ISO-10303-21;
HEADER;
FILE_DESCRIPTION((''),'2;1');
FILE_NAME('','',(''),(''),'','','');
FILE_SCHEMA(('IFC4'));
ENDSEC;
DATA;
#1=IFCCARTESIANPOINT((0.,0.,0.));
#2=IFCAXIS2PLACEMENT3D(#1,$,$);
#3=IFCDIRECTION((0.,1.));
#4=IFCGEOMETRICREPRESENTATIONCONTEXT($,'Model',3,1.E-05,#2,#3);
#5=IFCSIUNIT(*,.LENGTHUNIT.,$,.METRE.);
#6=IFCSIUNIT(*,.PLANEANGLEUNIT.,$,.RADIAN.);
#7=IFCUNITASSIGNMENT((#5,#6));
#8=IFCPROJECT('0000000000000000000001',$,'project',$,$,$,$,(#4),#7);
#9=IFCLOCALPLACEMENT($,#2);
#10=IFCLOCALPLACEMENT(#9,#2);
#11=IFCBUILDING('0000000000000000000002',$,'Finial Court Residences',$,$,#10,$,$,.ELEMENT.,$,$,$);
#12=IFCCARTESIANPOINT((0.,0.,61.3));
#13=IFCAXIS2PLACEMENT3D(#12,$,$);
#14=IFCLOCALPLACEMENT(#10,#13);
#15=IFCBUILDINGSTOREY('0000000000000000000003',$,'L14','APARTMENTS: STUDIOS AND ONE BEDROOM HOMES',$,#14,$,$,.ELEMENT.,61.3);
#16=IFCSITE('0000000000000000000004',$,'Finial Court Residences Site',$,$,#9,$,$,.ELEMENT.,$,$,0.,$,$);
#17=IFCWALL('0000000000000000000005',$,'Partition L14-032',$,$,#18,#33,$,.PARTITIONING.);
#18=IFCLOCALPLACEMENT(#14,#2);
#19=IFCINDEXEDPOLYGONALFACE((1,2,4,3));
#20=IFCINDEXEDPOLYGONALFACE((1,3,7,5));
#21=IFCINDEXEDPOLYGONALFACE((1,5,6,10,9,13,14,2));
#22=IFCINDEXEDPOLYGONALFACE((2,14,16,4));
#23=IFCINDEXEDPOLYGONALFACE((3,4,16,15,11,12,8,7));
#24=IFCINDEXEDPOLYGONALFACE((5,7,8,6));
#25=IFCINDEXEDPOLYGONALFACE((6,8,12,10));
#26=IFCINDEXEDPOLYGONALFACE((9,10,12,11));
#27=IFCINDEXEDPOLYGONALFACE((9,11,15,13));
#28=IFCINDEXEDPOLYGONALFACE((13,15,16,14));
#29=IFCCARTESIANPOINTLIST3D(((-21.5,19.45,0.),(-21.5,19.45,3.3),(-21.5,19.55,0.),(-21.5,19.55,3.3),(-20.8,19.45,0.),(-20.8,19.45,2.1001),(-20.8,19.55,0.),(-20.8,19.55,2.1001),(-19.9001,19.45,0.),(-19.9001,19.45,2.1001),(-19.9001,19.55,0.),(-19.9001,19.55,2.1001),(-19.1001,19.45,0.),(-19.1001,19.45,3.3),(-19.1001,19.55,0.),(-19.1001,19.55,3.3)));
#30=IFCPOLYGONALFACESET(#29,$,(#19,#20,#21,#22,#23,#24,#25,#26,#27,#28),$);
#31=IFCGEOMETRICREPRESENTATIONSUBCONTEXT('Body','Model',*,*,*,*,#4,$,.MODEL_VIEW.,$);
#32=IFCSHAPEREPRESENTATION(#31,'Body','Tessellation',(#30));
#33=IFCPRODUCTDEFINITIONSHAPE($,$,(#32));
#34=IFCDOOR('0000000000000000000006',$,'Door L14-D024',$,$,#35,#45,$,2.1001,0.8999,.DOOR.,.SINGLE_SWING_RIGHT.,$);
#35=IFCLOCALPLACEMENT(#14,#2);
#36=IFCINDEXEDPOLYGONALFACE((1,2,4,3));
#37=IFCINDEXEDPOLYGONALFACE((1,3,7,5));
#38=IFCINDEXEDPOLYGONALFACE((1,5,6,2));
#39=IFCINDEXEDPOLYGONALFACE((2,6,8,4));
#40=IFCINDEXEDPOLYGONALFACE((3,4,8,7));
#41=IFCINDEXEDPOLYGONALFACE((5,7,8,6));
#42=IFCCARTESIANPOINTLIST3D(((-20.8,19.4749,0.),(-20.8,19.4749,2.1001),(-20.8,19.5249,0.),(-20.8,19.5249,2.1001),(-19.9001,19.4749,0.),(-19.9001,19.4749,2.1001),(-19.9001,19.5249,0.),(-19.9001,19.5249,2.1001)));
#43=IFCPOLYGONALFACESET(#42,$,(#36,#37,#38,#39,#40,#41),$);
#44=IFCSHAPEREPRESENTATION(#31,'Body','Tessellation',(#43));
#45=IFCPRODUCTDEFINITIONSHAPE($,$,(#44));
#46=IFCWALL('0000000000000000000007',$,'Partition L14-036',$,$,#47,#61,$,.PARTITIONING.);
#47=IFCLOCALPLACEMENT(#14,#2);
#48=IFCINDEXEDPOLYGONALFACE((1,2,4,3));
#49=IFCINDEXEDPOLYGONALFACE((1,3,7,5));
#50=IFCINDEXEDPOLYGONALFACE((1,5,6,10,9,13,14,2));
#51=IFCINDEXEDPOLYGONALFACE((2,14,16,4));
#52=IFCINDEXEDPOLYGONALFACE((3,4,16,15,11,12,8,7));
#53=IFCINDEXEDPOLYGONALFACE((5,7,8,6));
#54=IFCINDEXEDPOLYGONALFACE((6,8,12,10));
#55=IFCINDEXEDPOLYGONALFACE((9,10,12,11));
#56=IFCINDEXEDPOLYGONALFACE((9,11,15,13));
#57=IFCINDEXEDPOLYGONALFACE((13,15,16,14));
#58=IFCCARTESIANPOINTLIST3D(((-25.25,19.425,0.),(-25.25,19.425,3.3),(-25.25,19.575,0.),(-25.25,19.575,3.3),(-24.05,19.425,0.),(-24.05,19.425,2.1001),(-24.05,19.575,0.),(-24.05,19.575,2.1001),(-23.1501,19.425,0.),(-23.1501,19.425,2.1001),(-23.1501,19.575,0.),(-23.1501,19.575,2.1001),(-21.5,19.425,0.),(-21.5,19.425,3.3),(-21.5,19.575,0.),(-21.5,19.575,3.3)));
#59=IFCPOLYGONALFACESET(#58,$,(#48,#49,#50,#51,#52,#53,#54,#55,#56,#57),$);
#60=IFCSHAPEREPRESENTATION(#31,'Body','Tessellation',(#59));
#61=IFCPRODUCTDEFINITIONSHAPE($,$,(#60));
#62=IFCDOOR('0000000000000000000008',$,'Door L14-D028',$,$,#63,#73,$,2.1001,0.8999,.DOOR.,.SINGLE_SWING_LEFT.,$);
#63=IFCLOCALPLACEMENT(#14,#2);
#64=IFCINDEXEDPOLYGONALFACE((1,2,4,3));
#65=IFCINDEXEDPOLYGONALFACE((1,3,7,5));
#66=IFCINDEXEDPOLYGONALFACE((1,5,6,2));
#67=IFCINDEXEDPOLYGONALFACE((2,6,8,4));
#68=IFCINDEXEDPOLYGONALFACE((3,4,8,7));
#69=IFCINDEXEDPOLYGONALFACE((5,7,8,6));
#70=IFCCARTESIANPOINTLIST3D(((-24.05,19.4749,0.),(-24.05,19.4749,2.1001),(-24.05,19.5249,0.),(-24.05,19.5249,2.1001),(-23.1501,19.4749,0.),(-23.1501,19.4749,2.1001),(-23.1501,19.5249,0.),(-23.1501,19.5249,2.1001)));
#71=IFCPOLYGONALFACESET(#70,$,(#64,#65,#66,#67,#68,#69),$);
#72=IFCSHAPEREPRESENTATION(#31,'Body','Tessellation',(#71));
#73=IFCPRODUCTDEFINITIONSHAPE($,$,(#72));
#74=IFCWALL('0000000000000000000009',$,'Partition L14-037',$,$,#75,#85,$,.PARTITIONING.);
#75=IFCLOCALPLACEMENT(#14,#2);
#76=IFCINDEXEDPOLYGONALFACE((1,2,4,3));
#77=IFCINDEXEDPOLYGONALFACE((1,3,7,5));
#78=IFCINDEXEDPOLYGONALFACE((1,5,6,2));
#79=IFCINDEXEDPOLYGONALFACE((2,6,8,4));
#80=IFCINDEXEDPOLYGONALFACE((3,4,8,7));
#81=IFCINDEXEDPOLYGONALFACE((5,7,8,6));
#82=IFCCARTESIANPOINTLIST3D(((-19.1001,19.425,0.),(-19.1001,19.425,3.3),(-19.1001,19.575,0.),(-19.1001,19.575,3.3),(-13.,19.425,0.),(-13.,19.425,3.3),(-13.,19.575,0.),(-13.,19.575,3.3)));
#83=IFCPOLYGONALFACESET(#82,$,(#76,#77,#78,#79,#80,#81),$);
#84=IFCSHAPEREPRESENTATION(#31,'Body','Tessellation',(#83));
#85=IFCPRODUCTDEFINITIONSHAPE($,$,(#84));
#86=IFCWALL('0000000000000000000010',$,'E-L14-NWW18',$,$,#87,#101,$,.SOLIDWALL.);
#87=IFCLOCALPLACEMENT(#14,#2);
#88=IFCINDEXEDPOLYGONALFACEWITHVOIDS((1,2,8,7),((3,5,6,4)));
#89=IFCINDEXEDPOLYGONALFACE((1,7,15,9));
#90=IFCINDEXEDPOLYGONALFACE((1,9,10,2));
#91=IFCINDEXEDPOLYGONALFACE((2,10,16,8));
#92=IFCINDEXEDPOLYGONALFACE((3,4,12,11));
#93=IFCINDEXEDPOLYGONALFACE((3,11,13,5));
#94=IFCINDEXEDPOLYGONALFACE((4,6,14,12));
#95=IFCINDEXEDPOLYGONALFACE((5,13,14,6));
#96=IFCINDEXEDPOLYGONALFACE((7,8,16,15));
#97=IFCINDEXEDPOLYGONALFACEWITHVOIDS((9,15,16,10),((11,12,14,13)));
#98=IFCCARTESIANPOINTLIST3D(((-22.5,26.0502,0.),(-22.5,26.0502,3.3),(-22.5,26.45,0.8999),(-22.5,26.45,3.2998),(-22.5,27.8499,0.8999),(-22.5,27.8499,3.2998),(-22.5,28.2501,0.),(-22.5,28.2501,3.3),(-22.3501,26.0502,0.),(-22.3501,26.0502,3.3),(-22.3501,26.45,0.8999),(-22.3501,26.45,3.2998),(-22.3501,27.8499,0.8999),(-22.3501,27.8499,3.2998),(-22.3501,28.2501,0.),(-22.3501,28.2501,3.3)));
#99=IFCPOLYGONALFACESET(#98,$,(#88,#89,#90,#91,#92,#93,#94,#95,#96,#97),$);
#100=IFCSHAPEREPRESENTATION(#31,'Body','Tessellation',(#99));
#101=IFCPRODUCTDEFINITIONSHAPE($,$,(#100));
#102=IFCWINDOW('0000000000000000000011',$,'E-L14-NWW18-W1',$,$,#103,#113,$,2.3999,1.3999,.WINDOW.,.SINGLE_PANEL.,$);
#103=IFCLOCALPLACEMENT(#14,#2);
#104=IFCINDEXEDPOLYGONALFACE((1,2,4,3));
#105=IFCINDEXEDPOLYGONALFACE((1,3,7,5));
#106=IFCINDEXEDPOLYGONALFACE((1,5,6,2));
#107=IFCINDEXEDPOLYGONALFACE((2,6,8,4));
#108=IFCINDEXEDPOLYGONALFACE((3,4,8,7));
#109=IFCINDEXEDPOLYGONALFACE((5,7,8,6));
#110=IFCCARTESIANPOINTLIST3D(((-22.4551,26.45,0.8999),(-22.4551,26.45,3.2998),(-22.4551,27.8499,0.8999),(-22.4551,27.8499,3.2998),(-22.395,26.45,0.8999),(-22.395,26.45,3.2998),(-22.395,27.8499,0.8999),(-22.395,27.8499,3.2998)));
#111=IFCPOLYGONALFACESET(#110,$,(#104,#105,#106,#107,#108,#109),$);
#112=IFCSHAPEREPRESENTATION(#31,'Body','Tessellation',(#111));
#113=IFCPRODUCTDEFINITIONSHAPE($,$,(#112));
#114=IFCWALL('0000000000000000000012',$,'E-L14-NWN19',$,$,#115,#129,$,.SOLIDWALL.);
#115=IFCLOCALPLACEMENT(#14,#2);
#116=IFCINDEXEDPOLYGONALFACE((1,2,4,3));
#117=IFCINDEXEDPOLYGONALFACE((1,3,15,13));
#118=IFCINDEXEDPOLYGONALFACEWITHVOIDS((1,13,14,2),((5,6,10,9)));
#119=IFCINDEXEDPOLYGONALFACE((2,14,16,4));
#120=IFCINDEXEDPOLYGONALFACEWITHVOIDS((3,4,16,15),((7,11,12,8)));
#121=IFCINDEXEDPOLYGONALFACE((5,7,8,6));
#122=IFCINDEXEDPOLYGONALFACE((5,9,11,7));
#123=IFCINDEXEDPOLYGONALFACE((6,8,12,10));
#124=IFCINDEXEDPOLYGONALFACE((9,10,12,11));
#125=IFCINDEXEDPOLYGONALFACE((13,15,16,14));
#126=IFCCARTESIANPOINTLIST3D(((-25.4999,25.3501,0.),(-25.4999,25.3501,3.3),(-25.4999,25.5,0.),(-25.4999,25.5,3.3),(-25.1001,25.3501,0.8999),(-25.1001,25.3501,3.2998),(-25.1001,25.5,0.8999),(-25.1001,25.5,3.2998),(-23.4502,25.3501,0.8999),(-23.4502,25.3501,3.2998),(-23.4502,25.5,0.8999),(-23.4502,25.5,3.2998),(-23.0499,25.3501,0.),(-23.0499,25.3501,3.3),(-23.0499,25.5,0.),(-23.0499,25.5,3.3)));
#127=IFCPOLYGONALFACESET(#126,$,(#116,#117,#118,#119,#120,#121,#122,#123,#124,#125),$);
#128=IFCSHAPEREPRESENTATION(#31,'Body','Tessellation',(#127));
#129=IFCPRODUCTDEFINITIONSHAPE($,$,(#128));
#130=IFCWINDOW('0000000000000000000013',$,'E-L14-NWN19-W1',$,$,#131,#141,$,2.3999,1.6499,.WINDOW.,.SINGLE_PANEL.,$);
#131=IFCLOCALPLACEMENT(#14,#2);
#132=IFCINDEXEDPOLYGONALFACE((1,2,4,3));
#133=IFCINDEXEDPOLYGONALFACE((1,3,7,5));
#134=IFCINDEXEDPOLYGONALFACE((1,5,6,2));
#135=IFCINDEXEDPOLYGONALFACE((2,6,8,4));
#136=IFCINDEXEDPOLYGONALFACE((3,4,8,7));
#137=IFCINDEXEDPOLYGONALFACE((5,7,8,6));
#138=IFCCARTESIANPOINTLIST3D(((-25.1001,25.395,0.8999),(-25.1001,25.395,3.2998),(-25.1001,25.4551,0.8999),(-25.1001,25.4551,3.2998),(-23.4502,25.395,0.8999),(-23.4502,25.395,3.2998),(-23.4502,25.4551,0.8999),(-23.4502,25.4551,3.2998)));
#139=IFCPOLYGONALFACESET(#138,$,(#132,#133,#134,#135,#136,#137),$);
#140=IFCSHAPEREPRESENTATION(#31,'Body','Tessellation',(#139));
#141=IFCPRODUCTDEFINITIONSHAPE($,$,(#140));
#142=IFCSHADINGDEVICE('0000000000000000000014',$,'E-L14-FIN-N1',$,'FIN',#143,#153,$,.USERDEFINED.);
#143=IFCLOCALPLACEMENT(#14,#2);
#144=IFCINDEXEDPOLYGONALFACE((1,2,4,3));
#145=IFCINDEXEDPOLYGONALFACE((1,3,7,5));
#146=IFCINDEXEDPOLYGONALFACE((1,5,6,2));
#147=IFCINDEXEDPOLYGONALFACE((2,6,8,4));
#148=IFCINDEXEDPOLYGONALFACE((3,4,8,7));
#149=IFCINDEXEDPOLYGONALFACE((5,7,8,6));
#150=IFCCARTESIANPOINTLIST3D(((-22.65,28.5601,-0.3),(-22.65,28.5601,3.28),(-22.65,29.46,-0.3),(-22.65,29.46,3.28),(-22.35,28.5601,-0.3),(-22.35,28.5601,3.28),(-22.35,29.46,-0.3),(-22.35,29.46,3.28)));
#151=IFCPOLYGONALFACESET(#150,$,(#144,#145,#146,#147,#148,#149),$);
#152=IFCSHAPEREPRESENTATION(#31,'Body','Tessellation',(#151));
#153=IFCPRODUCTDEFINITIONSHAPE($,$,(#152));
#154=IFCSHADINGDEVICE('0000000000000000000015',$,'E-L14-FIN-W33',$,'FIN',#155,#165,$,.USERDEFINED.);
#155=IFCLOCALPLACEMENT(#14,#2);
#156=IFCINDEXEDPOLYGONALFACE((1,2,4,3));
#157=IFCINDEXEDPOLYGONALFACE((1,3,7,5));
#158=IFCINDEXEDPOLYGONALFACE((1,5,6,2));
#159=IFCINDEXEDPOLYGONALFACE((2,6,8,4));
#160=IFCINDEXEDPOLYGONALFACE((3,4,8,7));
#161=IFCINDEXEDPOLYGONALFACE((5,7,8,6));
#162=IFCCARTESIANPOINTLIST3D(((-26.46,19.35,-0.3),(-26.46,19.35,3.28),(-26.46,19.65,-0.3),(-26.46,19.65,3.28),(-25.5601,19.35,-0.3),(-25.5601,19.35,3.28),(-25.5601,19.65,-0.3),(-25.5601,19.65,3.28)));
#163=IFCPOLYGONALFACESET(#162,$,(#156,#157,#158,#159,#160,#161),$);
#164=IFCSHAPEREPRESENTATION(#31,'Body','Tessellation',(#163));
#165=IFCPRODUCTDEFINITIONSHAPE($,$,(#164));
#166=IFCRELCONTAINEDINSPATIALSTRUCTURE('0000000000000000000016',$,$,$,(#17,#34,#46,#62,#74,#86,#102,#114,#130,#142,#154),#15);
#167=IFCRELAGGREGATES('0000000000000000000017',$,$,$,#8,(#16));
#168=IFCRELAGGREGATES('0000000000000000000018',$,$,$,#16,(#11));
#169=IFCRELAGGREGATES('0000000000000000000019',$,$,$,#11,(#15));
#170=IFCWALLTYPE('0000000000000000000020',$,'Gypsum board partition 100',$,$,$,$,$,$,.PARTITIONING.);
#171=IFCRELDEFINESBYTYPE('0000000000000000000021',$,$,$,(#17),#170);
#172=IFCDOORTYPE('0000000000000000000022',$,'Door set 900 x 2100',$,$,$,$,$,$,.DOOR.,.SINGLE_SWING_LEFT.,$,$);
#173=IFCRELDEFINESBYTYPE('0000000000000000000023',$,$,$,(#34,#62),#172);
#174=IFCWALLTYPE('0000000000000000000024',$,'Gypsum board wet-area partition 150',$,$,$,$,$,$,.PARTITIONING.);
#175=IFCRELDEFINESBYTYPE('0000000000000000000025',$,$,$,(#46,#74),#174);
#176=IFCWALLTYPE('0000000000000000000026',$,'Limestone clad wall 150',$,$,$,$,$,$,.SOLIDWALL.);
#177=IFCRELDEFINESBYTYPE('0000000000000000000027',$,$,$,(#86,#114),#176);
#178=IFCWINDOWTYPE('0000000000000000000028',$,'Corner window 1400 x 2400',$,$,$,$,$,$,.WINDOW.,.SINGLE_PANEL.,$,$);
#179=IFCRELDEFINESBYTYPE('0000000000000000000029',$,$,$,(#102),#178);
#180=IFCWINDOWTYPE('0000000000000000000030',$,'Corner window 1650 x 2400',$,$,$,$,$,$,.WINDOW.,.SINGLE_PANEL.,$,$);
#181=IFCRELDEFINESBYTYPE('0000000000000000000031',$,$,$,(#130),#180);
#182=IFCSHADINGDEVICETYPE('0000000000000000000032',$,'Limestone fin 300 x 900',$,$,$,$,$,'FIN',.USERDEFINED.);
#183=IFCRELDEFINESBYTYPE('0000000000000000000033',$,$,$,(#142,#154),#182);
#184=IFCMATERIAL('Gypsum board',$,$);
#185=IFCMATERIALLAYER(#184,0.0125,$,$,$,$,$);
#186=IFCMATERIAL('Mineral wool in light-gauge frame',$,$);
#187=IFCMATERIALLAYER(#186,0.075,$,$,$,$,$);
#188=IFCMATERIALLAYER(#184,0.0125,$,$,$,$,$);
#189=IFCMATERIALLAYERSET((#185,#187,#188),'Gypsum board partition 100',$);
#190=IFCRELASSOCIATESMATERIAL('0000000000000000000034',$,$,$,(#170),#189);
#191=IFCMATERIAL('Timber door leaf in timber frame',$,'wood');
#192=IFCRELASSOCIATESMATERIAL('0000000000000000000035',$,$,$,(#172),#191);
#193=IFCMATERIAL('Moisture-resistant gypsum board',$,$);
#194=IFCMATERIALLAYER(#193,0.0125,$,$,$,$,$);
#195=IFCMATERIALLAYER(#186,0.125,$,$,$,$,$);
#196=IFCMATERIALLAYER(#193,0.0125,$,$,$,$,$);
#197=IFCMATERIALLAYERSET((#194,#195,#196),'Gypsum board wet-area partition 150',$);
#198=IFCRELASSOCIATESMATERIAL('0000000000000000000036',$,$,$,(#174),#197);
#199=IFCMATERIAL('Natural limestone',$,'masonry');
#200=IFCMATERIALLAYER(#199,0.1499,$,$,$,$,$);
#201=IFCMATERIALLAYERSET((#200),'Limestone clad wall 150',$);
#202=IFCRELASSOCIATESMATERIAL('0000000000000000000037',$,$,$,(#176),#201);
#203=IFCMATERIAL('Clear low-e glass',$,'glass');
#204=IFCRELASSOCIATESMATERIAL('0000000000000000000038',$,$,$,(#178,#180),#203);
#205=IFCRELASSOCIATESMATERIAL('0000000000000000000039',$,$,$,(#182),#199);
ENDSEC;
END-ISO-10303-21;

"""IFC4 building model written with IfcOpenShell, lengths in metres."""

from ifc_helpers import new_model, si_unit, direction, frame, frame_2d, origin, origin_2d, place, context, subcontext, project, spatial, rectangle, extrude, material, layer, layer_set, type_object, element, fill, save


model = new_model("IFC4")

# Units and contexts
model_context = context("Model", 3, precision=1e-05, world=origin(), true_north=direction((0.0, 1.0)))
body_context = subcontext(model_context, "Body", "Model", "MODEL_VIEW")
ifc_project = project(units=[si_unit("LENGTHUNIT", "METRE"), si_unit("PLANEANGLEUNIT", "RADIAN")], contexts=[model_context])

# Site, building, storey
site_placement = place(None, origin())
site = spatial("IfcSite", under=ifc_project, at=site_placement, Name="Finial Court Residences Site", CompositionType="ELEMENT", RefElevation=0.0)
building_placement = place(site_placement, origin())
building = spatial("IfcBuilding", under=site, at=building_placement, Name="Finial Court Residences", CompositionType="ELEMENT")
storey_placement = place(building_placement, frame((0.0, 0.0, 61.3)))
storey = spatial("IfcBuildingStorey", under=building, at=storey_placement, Name="L14", Description="APARTMENTS: STUDIOS AND ONE BEDROOM HOMES", CompositionType="ELEMENT", Elevation=61.3)

# Shared definitions
ifc_material_1 = material(Name="Clear low-e glass", Category="glass")

# Walls, openings, doors
ifc_material_2 = material(Name="Gypsum board")
ifc_layer_1 = layer(ifc_material_2, 0.0125)
ifc_material_3 = material(Name="Mineral wool in light-gauge frame")
ifc_layer_2 = layer(ifc_material_3, 0.075)
ifc_layer_3 = layer(ifc_material_2, 0.0125)
ifc_layer_set_1 = layer_set([ifc_layer_1, ifc_layer_2, ifc_layer_3], Name="Gypsum board partition 100")
wall_type_1 = type_object("IfcWallType", Name="Gypsum board partition 100", PredefinedType="PARTITIONING", material=ifc_layer_set_1)
wall_1_placement = place(storey_placement, frame((-21.5, 19.5, 0.0), z_axis=(0.0, 0.0, 1.0), x_axis=(1.0, 0.0, 0.0)))
wall_1 = element("IfcWall", 1, at=wall_1_placement, inside=storey, type_object=wall_type_1, Name="Partition L14-032", PredefinedType="PARTITIONING", context=body_context, shape_type="SweptSolid", body=[
    extrude(rectangle(XDim=2.3999, YDim=0.1001, at=frame_2d((1.2, 0.0))), origin(), (0.0, 0.0, 1.0), 3.3),
])
opening_1_placement = place(wall_1_placement, frame((0.7, 0.0, 0.0)))
opening_1 = element("IfcOpeningElement", 2, at=opening_1_placement, cuts=wall_1, PredefinedType="OPENING", context=body_context, shape_type="SweptSolid", body=[
    extrude(rectangle(XDim=0.8999, YDim=2.1001, at=frame_2d((0.45, 1.05))), frame((0.0, 0.0601, 0.0), z_axis=(0.0, -1.0, 0.0), x_axis=(1.0, 0.0, 0.0)), (0.0, 0.0, 1.0), 0.1201),
])
ifc_material_4 = material(Name="Timber door leaf in timber frame", Category="wood")
door_type = type_object("IfcDoorType", Name="Door set 900 x 2100", OperationType="SINGLE_SWING_LEFT", PredefinedType="DOOR", material=ifc_material_4)
door_1_placement = place(opening_1_placement, origin())
door_1 = element("IfcDoor", 3, at=door_1_placement, inside=storey, type_object=door_type, Name="Door L14-D024", OperationType="SINGLE_SWING_RIGHT", OverallHeight=2.1001, OverallWidth=0.8999, PredefinedType="DOOR", context=body_context, shape_type="SweptSolid", body=[
    extrude(rectangle(XDim=0.8999, YDim=2.1001, at=frame_2d((0.45, 1.05))), frame((0.0, 0.0249, 0.0), z_axis=(0.0, -1.0, 0.0), x_axis=(1.0, 0.0, 0.0)), (0.0, 0.0, 1.0), 0.05),
])
fill(opening_1, door_1)
ifc_material_5 = material(Name="Moisture-resistant gypsum board")
ifc_layer_4 = layer(ifc_material_5, 0.0125)
ifc_layer_5 = layer(ifc_material_3, 0.125)
ifc_layer_6 = layer(ifc_material_5, 0.0125)
ifc_layer_set_2 = layer_set([ifc_layer_4, ifc_layer_5, ifc_layer_6], Name="Gypsum board wet-area partition 150")
wall_type_2 = type_object("IfcWallType", Name="Gypsum board wet-area partition 150", PredefinedType="PARTITIONING", material=ifc_layer_set_2)
wall_2_placement = place(storey_placement, frame((-25.25, 19.5, 0.0), z_axis=(0.0, 0.0, 1.0), x_axis=(1.0, 0.0, 0.0)))
wall_2 = element("IfcWall", 4, at=wall_2_placement, inside=storey, type_object=wall_type_2, Name="Partition L14-036", PredefinedType="PARTITIONING", context=body_context, shape_type="SweptSolid", body=[
    extrude(rectangle(XDim=3.75, YDim=0.1499, at=frame_2d((1.875, 0.0))), origin(), (0.0, 0.0, 1.0), 3.3),
])
opening_2_placement = place(wall_2_placement, frame((1.2, 0.0, 0.0)))
opening_2 = element("IfcOpeningElement", 5, at=opening_2_placement, cuts=wall_2, PredefinedType="OPENING", context=body_context, shape_type="SweptSolid", body=[
    extrude(rectangle(XDim=0.8999, YDim=2.1001, at=frame_2d((0.45, 1.05))), frame((0.0, 0.085, 0.0), z_axis=(0.0, -1.0, 0.0), x_axis=(1.0, 0.0, 0.0)), (0.0, 0.0, 1.0), 0.1699),
])
door_2_placement = place(opening_2_placement, origin())
door_2 = element("IfcDoor", 6, at=door_2_placement, inside=storey, type_object=door_type, Name="Door L14-D028", OperationType="SINGLE_SWING_LEFT", OverallHeight=2.1001, OverallWidth=0.8999, PredefinedType="DOOR", context=body_context, shape_type="SweptSolid", body=[
    extrude(rectangle(XDim=0.8999, YDim=2.1001, at=frame_2d((0.45, 1.05))), frame((0.0, 0.0249, 0.0), z_axis=(0.0, -1.0, 0.0), x_axis=(1.0, 0.0, 0.0)), (0.0, 0.0, 1.0), 0.05),
])
fill(opening_2, door_2)

# Wall
wall_3_placement = place(storey_placement, frame((-19.1001, 19.5, 0.0), z_axis=(0.0, 0.0, 1.0), x_axis=(1.0, 0.0, 0.0)))
element("IfcWall", 7, at=wall_3_placement, inside=storey, type_object=wall_type_2, Name="Partition L14-037", PredefinedType="PARTITIONING", context=body_context, shape_type="SweptSolid", body=[
    extrude(rectangle(XDim=6.1001, YDim=0.1499, at=frame_2d((3.05, 0.0))), origin(), (0.0, 0.0, 1.0), 3.3),
])

# Walls, openings, windows
ifc_material_6 = material(Name="Natural limestone", Category="masonry")
ifc_layer_7 = layer(ifc_material_6, 0.1499)
ifc_layer_set_3 = layer_set([ifc_layer_7], Name="Limestone clad wall 150")
wall_type_3 = type_object("IfcWallType", Name="Limestone clad wall 150", PredefinedType="SOLIDWALL", material=ifc_layer_set_3)
wall_4_placement = place(storey_placement, frame((-22.425, 26.05, 0.0), z_axis=(0.0, 0.0, 1.0), x_axis=(0.0, 1.0, 0.0)))
wall_4 = element("IfcWall", 8, at=wall_4_placement, inside=storey, type_object=wall_type_3, Name="E-L14-NWW18", PredefinedType="SOLIDWALL", context=body_context, shape_type="SweptSolid", body=[
    extrude(rectangle(XDim=2.2, YDim=0.1499, at=frame_2d((1.1001, 0.0))), origin(), (0.0, 0.0, 1.0), 3.3),
])
opening_3_placement = place(wall_4_placement, frame((0.3999, 0.0, 0.8999)))
opening_3 = element("IfcOpeningElement", 9, at=opening_3_placement, cuts=wall_4, PredefinedType="OPENING", context=body_context, shape_type="SweptSolid", body=[
    extrude(rectangle(XDim=1.3999, YDim=2.3999, at=frame_2d((0.7, 1.2))), frame((0.0, 0.085, 0.0), z_axis=(0.0, -1.0, 0.0), x_axis=(1.0, 0.0, 0.0)), (0.0, 0.0, 1.0), 0.1699),
])
window_type_1 = type_object("IfcWindowType", Name="Corner window 1400 x 2400", PartitioningType="SINGLE_PANEL", PredefinedType="WINDOW", material=ifc_material_1)
window_1_placement = place(opening_3_placement, origin())
window_1 = element("IfcWindow", 10, at=window_1_placement, inside=storey, type_object=window_type_1, Name="E-L14-NWW18-W1", OverallHeight=2.3999, OverallWidth=1.3999, PartitioningType="SINGLE_PANEL", PredefinedType="WINDOW", context=body_context, shape_type="SweptSolid", body=[
    extrude(rectangle(XDim=1.3999, YDim=2.3999, at=frame_2d((0.7, 1.2))), frame((0.0, 0.03, 0.0), z_axis=(0.0, -1.0, 0.0), x_axis=(1.0, 0.0, 0.0)), (0.0, 0.0, 1.0), 0.0601),
])
fill(opening_3, window_1)
wall_5_placement = place(storey_placement, frame((-25.5, 25.425, 0.0), z_axis=(0.0, 0.0, 1.0), x_axis=(1.0, 0.0, 0.0)))
wall_5 = element("IfcWall", 11, at=wall_5_placement, inside=storey, type_object=wall_type_3, Name="E-L14-NWN19", PredefinedType="SOLIDWALL", context=body_context, shape_type="SweptSolid", body=[
    extrude(rectangle(XDim=2.45, YDim=0.1499, at=frame_2d((1.2251, 0.0))), origin(), (0.0, 0.0, 1.0), 3.3),
])
opening_4_placement = place(wall_5_placement, frame((0.3999, 0.0, 0.8999)))
opening_4 = element("IfcOpeningElement", 12, at=opening_4_placement, cuts=wall_5, PredefinedType="OPENING", context=body_context, shape_type="SweptSolid", body=[
    extrude(rectangle(XDim=1.6499, YDim=2.3999, at=frame_2d((0.825, 1.2))), frame((0.0, 0.085, 0.0), z_axis=(0.0, -1.0, 0.0), x_axis=(1.0, 0.0, 0.0)), (0.0, 0.0, 1.0), 0.1699),
])
window_type_2 = type_object("IfcWindowType", Name="Corner window 1650 x 2400", PartitioningType="SINGLE_PANEL", PredefinedType="WINDOW", material=ifc_material_1)
window_2_placement = place(opening_4_placement, origin())
window_2 = element("IfcWindow", 13, at=window_2_placement, inside=storey, type_object=window_type_2, Name="E-L14-NWN19-W1", OverallHeight=2.3999, OverallWidth=1.6499, PartitioningType="SINGLE_PANEL", PredefinedType="WINDOW", context=body_context, shape_type="SweptSolid", body=[
    extrude(rectangle(XDim=1.6499, YDim=2.3999, at=frame_2d((0.825, 1.2))), frame((0.0, 0.03, 0.0), z_axis=(0.0, -1.0, 0.0), x_axis=(1.0, 0.0, 0.0)), (0.0, 0.0, 1.0), 0.0601),
])
fill(opening_4, window_2)

# Shading devices
shading_device_type = type_object("IfcShadingDeviceType", Name="Limestone fin 300 x 900", ElementType="FIN", PredefinedType="USERDEFINED", material=ifc_material_6)
shading_device_placement = place(storey_placement, frame((-22.5, 29.01, -0.3), z_axis=(0.0, 0.0, 1.0), x_axis=(1.0, 0.0, 0.0)))
element("IfcShadingDevice", 14, at=shading_device_placement, inside=storey, type_object=shading_device_type, Name="E-L14-FIN-N1", ObjectType="FIN", PredefinedType="USERDEFINED", context=body_context, shape_type="SweptSolid", body=[
    extrude(rectangle(XDim=0.3, YDim=0.8999, at=origin_2d()), origin(), (0.0, 0.0, 1.0), 3.5801),
])
for number, where, z_axis, x_axis, name in (
    (15, (-26.01, 19.5, -0.3), (0.0, 0.0, 1.0), (1.0, 0.0, 0.0), "E-L14-FIN-W33"),
):
    element("IfcShadingDevice", number, at=place(storey_placement, frame(where, z_axis=z_axis, x_axis=x_axis)), inside=storey, type_object=shading_device_type, Name=name, ObjectType="FIN", PredefinedType="USERDEFINED", context=body_context, shape_type="SweptSolid", body=[
        extrude(rectangle(XDim=0.8999, YDim=0.3, at=origin_2d()), origin(), (0.0, 0.0, 1.0), 3.5801),
    ])

save(model, "model.ifc")
